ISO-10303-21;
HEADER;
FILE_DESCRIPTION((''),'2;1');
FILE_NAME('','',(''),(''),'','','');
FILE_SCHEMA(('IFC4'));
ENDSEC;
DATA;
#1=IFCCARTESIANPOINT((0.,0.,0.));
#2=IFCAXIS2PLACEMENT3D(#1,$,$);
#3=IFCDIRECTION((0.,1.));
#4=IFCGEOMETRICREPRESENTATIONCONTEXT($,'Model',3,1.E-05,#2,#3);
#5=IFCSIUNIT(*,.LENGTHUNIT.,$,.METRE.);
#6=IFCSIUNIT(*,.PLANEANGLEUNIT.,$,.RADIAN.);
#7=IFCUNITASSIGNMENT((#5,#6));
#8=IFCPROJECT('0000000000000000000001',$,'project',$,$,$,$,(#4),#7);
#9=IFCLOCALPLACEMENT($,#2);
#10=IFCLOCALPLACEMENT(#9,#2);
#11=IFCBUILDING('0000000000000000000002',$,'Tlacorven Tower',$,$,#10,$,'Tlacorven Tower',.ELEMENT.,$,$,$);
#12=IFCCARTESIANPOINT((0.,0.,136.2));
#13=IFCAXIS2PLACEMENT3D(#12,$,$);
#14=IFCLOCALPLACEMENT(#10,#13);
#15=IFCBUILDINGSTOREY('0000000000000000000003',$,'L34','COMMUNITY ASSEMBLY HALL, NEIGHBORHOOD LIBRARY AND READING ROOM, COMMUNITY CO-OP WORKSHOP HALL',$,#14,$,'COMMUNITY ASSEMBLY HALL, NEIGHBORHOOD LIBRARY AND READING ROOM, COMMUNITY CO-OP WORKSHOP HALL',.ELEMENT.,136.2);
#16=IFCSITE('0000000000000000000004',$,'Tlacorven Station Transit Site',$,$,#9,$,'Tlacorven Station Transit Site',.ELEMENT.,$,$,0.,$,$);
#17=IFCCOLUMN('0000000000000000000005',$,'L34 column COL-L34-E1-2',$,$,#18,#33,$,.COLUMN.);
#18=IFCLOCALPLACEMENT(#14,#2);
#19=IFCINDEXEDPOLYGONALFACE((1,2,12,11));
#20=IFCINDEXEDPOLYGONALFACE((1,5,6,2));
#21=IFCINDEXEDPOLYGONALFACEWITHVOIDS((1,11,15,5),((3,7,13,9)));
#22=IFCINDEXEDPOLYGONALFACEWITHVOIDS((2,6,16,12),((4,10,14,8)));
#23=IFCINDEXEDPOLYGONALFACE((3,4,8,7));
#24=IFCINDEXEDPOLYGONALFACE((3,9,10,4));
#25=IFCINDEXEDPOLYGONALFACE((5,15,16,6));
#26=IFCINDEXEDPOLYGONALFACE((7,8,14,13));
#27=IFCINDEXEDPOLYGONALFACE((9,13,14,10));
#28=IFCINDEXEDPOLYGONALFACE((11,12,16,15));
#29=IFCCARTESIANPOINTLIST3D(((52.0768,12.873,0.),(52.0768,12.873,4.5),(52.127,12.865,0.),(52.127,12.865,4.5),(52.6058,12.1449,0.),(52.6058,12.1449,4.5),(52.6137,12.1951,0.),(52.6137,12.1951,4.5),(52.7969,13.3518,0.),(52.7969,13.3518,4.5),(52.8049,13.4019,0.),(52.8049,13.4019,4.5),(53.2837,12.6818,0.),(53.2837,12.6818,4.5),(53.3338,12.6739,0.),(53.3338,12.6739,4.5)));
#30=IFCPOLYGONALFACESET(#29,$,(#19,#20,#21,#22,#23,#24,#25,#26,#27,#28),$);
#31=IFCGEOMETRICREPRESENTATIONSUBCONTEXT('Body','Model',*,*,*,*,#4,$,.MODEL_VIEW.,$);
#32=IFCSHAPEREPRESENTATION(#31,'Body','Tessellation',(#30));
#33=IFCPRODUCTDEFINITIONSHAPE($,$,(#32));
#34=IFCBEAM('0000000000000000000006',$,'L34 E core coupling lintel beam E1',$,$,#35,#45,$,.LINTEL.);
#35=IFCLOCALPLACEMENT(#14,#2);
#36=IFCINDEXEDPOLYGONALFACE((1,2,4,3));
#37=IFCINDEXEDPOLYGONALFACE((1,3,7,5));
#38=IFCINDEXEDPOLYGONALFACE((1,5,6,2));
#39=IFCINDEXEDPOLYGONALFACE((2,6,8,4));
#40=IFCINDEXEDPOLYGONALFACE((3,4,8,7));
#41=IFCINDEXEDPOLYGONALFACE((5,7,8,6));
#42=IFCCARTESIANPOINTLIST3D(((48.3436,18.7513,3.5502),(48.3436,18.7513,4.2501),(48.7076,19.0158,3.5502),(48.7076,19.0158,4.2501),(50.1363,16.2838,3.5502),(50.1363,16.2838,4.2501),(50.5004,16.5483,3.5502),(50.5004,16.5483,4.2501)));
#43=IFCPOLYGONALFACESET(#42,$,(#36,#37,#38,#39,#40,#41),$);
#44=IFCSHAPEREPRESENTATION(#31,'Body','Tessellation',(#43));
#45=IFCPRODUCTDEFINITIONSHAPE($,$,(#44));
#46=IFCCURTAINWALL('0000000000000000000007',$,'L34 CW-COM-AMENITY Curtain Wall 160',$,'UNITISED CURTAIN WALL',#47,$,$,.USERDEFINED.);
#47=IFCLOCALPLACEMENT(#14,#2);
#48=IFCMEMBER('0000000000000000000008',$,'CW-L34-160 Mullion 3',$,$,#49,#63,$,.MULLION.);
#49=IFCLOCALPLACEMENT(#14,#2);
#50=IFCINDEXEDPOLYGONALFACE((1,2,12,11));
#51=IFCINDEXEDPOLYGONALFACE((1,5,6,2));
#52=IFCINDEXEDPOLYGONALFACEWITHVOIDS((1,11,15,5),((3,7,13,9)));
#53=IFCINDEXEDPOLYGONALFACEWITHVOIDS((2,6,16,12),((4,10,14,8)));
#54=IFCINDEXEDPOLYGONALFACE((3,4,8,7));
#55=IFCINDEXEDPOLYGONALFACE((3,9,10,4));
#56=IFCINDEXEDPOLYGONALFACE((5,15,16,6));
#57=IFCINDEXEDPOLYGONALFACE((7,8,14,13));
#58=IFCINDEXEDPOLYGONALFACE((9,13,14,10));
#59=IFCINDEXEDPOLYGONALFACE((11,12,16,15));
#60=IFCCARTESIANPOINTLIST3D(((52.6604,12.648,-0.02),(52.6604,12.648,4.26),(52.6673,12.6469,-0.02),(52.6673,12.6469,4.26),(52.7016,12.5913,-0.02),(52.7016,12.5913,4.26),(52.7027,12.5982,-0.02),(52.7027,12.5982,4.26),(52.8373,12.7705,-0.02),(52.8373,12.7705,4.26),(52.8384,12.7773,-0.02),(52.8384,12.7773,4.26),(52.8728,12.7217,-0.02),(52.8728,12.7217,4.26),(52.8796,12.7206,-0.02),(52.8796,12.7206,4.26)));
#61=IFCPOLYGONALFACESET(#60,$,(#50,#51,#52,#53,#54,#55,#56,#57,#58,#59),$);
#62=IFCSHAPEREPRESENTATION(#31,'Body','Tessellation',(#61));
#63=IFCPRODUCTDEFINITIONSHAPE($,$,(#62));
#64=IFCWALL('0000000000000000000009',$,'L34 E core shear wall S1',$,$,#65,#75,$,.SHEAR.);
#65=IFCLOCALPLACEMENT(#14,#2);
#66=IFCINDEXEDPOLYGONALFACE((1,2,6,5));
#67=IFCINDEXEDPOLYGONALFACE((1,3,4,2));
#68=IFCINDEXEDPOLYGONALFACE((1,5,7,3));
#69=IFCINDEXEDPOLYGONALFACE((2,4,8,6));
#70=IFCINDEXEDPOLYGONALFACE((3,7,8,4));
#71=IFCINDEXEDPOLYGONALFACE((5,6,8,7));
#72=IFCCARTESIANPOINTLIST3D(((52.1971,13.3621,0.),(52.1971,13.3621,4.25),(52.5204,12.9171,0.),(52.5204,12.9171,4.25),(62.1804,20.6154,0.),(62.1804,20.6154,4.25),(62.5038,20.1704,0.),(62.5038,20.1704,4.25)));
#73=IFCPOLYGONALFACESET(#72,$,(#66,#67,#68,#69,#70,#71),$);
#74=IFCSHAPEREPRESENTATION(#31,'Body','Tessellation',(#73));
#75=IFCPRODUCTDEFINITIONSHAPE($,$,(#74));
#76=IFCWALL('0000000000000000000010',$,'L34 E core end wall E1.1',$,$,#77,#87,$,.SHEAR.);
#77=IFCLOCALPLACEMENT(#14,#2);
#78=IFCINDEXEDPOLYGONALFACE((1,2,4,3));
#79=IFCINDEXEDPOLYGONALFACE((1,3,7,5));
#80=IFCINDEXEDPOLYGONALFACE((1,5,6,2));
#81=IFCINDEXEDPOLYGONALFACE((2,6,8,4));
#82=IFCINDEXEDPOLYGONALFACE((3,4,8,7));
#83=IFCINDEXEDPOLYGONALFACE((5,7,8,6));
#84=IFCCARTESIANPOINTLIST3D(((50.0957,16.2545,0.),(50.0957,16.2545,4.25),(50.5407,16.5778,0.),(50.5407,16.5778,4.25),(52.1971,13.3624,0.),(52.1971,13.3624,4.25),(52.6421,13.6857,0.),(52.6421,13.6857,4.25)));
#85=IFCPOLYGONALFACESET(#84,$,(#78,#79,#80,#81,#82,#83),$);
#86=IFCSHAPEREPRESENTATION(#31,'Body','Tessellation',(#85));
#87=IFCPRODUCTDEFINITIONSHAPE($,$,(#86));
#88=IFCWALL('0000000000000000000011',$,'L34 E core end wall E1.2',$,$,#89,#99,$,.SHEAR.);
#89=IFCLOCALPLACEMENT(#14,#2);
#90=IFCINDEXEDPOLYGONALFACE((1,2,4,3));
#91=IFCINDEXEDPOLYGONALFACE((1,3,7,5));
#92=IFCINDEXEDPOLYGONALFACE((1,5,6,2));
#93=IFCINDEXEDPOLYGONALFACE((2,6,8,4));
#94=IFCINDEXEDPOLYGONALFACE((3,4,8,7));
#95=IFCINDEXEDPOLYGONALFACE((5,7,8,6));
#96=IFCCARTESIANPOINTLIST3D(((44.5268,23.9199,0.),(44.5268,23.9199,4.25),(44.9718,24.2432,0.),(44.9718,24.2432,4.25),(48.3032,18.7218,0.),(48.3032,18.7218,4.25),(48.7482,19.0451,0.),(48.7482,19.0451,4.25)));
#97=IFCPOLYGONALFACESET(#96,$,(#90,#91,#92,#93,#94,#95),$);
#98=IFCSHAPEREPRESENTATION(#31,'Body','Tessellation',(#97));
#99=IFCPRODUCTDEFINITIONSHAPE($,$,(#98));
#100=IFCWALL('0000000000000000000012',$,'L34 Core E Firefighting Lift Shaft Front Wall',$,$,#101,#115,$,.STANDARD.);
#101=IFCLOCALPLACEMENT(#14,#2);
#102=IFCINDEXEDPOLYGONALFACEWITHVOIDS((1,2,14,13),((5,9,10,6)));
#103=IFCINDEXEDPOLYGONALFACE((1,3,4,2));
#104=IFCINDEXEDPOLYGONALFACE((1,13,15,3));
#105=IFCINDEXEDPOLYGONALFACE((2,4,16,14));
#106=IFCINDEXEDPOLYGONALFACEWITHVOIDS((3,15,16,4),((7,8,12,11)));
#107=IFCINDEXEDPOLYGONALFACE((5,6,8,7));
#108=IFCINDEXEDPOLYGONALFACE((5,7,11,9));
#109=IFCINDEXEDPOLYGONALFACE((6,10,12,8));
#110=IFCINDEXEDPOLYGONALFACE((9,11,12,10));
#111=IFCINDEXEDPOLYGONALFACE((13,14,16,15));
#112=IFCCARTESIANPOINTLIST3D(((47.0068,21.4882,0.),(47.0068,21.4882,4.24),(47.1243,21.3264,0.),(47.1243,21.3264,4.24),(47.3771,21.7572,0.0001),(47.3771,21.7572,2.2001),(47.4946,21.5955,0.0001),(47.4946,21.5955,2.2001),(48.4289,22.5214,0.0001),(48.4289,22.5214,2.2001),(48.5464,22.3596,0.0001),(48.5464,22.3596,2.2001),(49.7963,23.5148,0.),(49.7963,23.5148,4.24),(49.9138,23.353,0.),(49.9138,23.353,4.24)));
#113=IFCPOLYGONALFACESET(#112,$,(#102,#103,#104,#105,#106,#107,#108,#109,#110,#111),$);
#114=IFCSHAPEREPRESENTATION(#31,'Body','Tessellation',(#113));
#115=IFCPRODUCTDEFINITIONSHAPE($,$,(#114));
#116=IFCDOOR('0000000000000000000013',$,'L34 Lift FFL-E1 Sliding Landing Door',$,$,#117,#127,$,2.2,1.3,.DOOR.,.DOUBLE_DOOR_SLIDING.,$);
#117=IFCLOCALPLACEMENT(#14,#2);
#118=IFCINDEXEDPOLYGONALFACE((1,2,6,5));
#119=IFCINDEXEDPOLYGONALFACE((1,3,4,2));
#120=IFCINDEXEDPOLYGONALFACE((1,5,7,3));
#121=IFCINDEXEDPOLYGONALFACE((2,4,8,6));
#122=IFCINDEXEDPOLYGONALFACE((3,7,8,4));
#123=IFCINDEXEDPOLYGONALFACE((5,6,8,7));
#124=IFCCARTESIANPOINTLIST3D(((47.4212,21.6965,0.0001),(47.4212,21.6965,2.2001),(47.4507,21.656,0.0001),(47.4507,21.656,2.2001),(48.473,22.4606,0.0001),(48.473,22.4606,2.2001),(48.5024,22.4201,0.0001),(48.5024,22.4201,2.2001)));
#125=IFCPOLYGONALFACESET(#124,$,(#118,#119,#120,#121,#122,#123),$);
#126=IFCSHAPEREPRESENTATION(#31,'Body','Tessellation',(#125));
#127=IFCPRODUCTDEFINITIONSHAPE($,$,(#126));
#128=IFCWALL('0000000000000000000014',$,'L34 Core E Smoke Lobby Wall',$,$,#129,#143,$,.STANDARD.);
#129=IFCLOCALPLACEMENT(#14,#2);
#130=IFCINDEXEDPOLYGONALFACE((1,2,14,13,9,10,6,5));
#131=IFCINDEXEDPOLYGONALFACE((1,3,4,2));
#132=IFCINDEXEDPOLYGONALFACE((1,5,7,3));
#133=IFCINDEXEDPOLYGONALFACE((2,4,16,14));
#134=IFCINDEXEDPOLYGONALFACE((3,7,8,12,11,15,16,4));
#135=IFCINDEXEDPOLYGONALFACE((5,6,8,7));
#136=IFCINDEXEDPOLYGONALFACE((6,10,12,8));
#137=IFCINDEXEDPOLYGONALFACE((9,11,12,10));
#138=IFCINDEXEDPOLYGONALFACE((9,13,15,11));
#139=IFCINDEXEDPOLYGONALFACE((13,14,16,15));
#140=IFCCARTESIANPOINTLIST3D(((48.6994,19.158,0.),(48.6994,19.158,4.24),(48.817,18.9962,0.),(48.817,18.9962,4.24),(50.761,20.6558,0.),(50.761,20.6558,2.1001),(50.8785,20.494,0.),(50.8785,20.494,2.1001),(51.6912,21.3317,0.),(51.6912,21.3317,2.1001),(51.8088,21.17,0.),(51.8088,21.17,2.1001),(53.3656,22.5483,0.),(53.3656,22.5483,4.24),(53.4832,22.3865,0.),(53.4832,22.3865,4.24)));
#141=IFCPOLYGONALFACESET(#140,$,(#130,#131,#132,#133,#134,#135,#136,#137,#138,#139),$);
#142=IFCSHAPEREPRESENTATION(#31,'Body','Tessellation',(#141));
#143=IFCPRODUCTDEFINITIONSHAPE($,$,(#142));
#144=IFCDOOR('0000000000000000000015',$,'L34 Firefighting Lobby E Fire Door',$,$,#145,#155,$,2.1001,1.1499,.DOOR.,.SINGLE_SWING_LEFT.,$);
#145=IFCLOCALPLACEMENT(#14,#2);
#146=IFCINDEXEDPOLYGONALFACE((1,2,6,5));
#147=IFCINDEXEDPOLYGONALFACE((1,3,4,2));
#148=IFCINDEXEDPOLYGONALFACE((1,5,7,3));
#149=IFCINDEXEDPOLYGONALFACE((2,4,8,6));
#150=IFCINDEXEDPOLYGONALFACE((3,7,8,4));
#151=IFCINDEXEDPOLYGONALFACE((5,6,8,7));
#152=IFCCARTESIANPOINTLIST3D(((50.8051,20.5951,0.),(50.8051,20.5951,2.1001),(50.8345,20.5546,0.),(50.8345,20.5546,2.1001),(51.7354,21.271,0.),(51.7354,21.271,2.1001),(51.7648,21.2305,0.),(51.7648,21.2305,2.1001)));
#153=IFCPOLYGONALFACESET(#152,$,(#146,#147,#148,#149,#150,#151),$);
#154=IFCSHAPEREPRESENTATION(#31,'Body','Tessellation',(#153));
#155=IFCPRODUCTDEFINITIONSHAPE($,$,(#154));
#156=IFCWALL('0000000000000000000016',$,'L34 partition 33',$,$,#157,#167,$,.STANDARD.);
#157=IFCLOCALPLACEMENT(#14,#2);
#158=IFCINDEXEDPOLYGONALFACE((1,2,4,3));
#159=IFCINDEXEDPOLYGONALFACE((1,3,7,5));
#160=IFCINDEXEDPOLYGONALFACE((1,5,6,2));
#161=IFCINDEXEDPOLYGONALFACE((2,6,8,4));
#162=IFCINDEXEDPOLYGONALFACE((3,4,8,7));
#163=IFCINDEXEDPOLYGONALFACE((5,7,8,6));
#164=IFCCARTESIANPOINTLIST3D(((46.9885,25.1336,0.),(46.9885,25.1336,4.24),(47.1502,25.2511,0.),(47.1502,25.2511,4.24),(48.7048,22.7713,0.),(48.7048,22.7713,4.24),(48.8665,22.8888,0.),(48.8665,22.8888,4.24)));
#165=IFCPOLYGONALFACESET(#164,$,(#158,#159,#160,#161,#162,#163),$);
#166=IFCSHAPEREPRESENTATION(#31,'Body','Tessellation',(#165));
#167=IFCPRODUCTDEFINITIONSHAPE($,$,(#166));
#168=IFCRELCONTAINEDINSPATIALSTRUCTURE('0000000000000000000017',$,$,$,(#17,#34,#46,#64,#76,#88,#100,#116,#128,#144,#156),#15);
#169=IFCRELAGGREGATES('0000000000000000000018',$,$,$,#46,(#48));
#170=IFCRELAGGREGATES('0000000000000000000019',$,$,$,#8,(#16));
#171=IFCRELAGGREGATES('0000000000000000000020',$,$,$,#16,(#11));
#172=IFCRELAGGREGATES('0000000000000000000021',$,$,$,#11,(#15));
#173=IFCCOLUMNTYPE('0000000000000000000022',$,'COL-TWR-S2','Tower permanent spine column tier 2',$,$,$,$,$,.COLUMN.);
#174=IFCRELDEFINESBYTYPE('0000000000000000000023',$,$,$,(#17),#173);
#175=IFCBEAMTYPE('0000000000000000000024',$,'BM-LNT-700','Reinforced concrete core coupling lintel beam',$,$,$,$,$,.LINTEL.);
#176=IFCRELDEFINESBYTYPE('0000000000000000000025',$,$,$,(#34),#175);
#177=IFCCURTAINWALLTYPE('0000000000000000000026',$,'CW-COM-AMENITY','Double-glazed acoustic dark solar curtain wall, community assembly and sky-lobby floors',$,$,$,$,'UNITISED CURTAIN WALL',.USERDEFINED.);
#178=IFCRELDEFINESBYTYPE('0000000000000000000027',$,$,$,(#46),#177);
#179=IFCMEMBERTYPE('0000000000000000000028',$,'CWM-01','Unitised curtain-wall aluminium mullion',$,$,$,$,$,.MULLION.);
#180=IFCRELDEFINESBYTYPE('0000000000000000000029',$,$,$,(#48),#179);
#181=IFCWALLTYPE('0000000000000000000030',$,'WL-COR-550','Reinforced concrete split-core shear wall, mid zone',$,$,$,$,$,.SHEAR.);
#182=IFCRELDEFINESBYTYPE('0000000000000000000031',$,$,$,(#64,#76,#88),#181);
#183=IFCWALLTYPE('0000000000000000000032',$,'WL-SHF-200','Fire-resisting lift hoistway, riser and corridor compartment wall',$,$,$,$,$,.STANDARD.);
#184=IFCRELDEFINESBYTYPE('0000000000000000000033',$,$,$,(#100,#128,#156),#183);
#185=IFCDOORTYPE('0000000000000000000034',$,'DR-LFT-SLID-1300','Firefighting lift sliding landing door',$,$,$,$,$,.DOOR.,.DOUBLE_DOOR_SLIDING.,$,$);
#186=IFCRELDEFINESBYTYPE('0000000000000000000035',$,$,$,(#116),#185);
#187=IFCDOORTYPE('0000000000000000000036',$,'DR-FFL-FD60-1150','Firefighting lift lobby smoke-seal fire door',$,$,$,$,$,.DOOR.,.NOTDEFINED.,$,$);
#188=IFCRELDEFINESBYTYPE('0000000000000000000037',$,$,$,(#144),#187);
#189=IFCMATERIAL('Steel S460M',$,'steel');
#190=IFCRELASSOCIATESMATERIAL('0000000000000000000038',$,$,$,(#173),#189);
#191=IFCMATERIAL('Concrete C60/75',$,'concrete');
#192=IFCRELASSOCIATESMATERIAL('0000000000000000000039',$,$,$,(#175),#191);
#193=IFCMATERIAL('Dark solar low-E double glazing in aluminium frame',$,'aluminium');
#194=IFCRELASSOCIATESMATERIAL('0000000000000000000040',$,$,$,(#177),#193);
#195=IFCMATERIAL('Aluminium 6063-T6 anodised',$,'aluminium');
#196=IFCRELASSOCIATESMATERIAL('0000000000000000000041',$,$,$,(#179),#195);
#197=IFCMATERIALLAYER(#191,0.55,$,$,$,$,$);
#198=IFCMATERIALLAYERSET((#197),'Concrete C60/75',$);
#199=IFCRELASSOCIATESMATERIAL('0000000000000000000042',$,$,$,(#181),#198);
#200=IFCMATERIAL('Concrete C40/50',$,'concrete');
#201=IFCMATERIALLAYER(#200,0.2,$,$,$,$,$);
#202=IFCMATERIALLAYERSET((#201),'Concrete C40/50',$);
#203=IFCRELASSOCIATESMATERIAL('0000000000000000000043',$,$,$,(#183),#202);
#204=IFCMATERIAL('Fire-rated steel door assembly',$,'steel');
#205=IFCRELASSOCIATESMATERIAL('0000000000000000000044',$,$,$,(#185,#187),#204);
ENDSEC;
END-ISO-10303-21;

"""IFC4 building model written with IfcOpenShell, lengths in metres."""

from ifc_helpers import new_model, si_unit, direction, frame, frame_2d, origin, origin_2d, place, context, subcontext, project, spatial, rectangle, hollow_rectangle, extrude, source, transform, mapped, material, layer, layer_set, material_profile, profile_set, type_object, element, fill, aggregate, save


model = new_model("IFC4")

# Units and contexts
model_context = context("Model", 3, precision=1e-05, world=origin(), true_north=direction((0.0, 1.0)))
body_context = subcontext(model_context, "Body", "Model", "MODEL_VIEW")
ifc_project = project(units=[si_unit("LENGTHUNIT", "METRE"), si_unit("PLANEANGLEUNIT", "RADIAN")], contexts=[model_context])

# Site, building, storey
site_placement = place(None, origin())
site = spatial("IfcSite", under=ifc_project, at=site_placement, Name="Tlacorven Station Transit Site", LongName="Tlacorven Station Transit Site", CompositionType="ELEMENT", RefElevation=0.0)
building_placement = place(site_placement, origin())
building = spatial("IfcBuilding", under=site, at=building_placement, Name="Tlacorven Tower", LongName="Tlacorven Tower", CompositionType="ELEMENT")
storey_placement = place(building_placement, frame((0.0, 0.0, 136.2)))
storey = spatial("IfcBuildingStorey", under=building, at=storey_placement, Name="L34", Description="COMMUNITY ASSEMBLY HALL, NEIGHBORHOOD LIBRARY AND READING ROOM, COMMUNITY CO-OP WORKSHOP HALL", LongName="COMMUNITY ASSEMBLY HALL, NEIGHBORHOOD LIBRARY AND READING ROOM, COMMUNITY CO-OP WORKSHOP HALL", CompositionType="ELEMENT", Elevation=136.2)

# Column
ifc_material_1 = material(Name="Steel S460M", Category="steel")
ifc_material_profile_1 = material_profile(ifc_material_1, hollow_rectangle(XDim=0.8999, YDim=0.8999, WallThickness=0.0359, at=origin_2d()), Name="BOX 900X900X36")
ifc_profile_set_1 = profile_set([ifc_material_profile_1], Name="Steel S460M")
column_type = type_object("IfcColumnType", Name="COL-TWR-S2", Description="Tower permanent spine column tier 2", PredefinedType="COLUMN", material=ifc_profile_set_1)
shared_shape_1 = source(origin(), body_context, "Body", "SweptSolid", [
    extrude(hollow_rectangle(XDim=0.8999, YDim=0.8999, WallThickness=0.0359, at=origin_2d()), origin(), (0.0, 0.0, 1.0), 4.5),
])
column_placement = place(storey_placement, frame((52.7053, 12.7734, 0.0), z_axis=(0.0, 0.0, 1.0), x_axis=(0.809017, 0.587785, 0.0)))
element("IfcColumn", 1, at=column_placement, inside=storey, type_object=column_type, Name="L34 column COL-L34-E1-2", PredefinedType="COLUMN", context=body_context, shape_type="MappedRepresentation", body=[
    mapped(shared_shape_1, transform((0.0, 0.0, 0.0), scale=1.0)),
])

# Beam
ifc_material_2 = material(Name="Concrete C60/75", Category="concrete")
ifc_material_profile_2 = material_profile(ifc_material_2, rectangle(XDim=0.45, YDim=0.7, at=origin_2d()), Name="RC 450X700")
ifc_profile_set_2 = profile_set([ifc_material_profile_2], Name="Concrete C60/75")
beam_type = type_object("IfcBeamType", Name="BM-LNT-700", Description="Reinforced concrete core coupling lintel beam", PredefinedType="LINTEL", material=ifc_profile_set_2)
shared_shape_2 = source(origin(), body_context, "Body", "SweptSolid", [
    extrude(rectangle(XDim=0.45, YDim=0.7, at=origin_2d()), origin(), (0.0, 0.0, 1.0), 3.05),
])
beam_placement = place(storey_placement, frame((50.3184, 16.416, 3.9001), z_axis=(-0.587777, 0.809023, 0.0), x_axis=(-0.809023, -0.587777, 0.0)))
element("IfcBeam", 2, at=beam_placement, inside=storey, type_object=beam_type, Name="L34 E core coupling lintel beam E1", PredefinedType="LINTEL", context=body_context, shape_type="MappedRepresentation", body=[
    mapped(shared_shape_2, transform((0.0, 0.0, 0.0), scale=1.0)),
])

# Curtain wall, member
ifc_material_3 = material(Name="Dark solar low-E double glazing in aluminium frame", Category="aluminium")
curtain_wall_type = type_object("IfcCurtainWallType", Name="CW-COM-AMENITY", Description="Double-glazed acoustic dark solar curtain wall, community assembly and sky-lobby floors", ElementType="UNITISED CURTAIN WALL", PredefinedType="USERDEFINED", material=ifc_material_3)
curtain_wall_placement = place(storey_placement, origin())
curtain_wall = element("IfcCurtainWall", 3, at=curtain_wall_placement, inside=storey, type_object=curtain_wall_type, Name="L34 CW-COM-AMENITY Curtain Wall 160", ObjectType="UNITISED CURTAIN WALL", PredefinedType="USERDEFINED")
ifc_material_4 = material(Name="Aluminium 6063-T6 anodised", Category="aluminium")
ifc_material_profile_3 = material_profile(ifc_material_4, hollow_rectangle(XDim=0.0701, YDim=0.22, WallThickness=0.0049, at=origin_2d()), Name="ALU MULLION 70X220")
ifc_profile_set_3 = profile_set([ifc_material_profile_3], Name="Aluminium 6063-T6 anodised")
member_type = type_object("IfcMemberType", Name="CWM-01", Description="Unitised curtain-wall aluminium mullion", PredefinedType="MULLION", material=ifc_profile_set_3)
shared_shape_3 = source(origin(), body_context, "Body", "SweptSolid", [
    extrude(hollow_rectangle(XDim=0.0701, YDim=0.22, WallThickness=0.0049, at=origin_2d()), origin(), (0.0, 0.0, 1.0), 4.28),
])
member_placement = place(storey_placement, frame((52.77, 12.6843, -0.02), z_axis=(0.0, 0.0, 1.0), x_axis=(-0.587785, 0.809017, 0.0)))
member = element("IfcMember", 4, at=member_placement, type_object=member_type, Name="CW-L34-160 Mullion 3", PredefinedType="MULLION", context=body_context, shape_type="MappedRepresentation", body=[
    mapped(shared_shape_3, transform((0.0, 0.0, 0.0), scale=1.0)),
])
aggregate(curtain_wall, [member])

# Walls
ifc_layer_1 = layer(ifc_material_2, 0.55)
ifc_layer_set_1 = layer_set([ifc_layer_1], Name="Concrete C60/75")
wall_type_1 = type_object("IfcWallType", Name="WL-COR-550", Description="Reinforced concrete split-core shear wall, mid zone", PredefinedType="SHEAR", material=ifc_layer_set_1)
wall_1_placement = place(storey_placement, frame((52.3589, 13.1396, 0.0), z_axis=(0.0, 0.0, 1.0), x_axis=(0.809015, 0.587788, 0.0)))
element("IfcWall", 5, at=wall_1_placement, inside=storey, type_object=wall_type_1, Name="L34 E core shear wall S1", PredefinedType="SHEAR", context=body_context, shape_type="SweptSolid", body=[
    extrude(rectangle(XDim=12.3401, YDim=0.55, at=frame_2d((6.1699, 0.0))), origin(), (0.0, 0.0, 1.0), 4.25),
])
wall_2_placement = place(storey_placement, frame((52.4197, 13.5239, 0.0), z_axis=(0.0, 0.0, 1.0), x_axis=(-0.587802, 0.809005, 0.0)))
element("IfcWall", 6, at=wall_2_placement, inside=storey, type_object=wall_type_1, Name="L34 E core end wall E1.1", PredefinedType="SHEAR", context=body_context, shape_type="SweptSolid", body=[
    extrude(rectangle(XDim=3.575, YDim=0.55, at=frame_2d((1.7876, 0.0))), origin(), (0.0, 0.0, 1.0), 4.25),
])
wall_3_placement = place(storey_placement, frame((48.5256, 18.8835, 0.0), z_axis=(0.0, 0.0, 1.0), x_axis=(-0.587765, 0.809032, 0.0)))
element("IfcWall", 7, at=wall_3_placement, inside=storey, type_object=wall_type_1, Name="L34 E core end wall E1.2", PredefinedType="SHEAR", context=body_context, shape_type="SweptSolid", body=[
    extrude(rectangle(XDim=6.425, YDim=0.55, at=frame_2d((3.2124, 0.0))), origin(), (0.0, 0.0, 1.0), 4.25),
])

# Walls, openings, doors
ifc_material_5 = material(Name="Concrete C40/50", Category="concrete")
ifc_layer_2 = layer(ifc_material_5, 0.2)
ifc_layer_set_2 = layer_set([ifc_layer_2], Name="Concrete C40/50")
wall_type_2 = type_object("IfcWallType", Name="WL-SHF-200", Description="Fire-resisting lift hoistway, riser and corridor compartment wall", PredefinedType="STANDARD", material=ifc_layer_set_2)
wall_4_placement = place(storey_placement, frame((47.0654, 21.4072, 0.0), z_axis=(0.0, 0.0, 1.0), x_axis=(0.809033, 0.587763, 0.0)))
wall_4 = element("IfcWall", 8, at=wall_4_placement, inside=storey, type_object=wall_type_2, Name="L34 Core E Firefighting Lift Shaft Front Wall", PredefinedType="STANDARD", context=body_context, shape_type="SweptSolid", body=[
    extrude(rectangle(XDim=3.448, YDim=0.2, at=frame_2d((1.7241, 0.0))), origin(), (0.0, 0.0, 1.0), 4.24),
])
opening_1_placement = place(wall_4_placement, frame((0.458, 0.0, 0.0)))
opening_1 = element("IfcOpeningElement", 9, at=opening_1_placement, cuts=wall_4, PredefinedType="OPENING", context=body_context, shape_type="SweptSolid", body=[
    extrude(rectangle(XDim=1.3, YDim=2.2, at=frame_2d((0.6499, 1.1001))), frame((0.0, 0.1099, 0.0), z_axis=(0.0, -1.0, 0.0), x_axis=(1.0, 0.0, 0.0)), (0.0, 0.0, 1.0), 0.22),
])
ifc_material_6 = material(Name="Fire-rated steel door assembly", Category="steel")
door_type_1 = type_object("IfcDoorType", Name="DR-LFT-SLID-1300", Description="Firefighting lift sliding landing door", OperationType="DOUBLE_DOOR_SLIDING", PredefinedType="DOOR", material=ifc_material_6)
shared_shape_4 = source(origin(), body_context, "Body", "SweptSolid", [
    extrude(rectangle(XDim=1.3, YDim=2.2, at=frame_2d((0.6499, 1.1001))), frame((0.0, 0.0249, 0.0), z_axis=(0.0, -1.0, 0.0), x_axis=(1.0, 0.0, 0.0)), (0.0, 0.0, 1.0), 0.05),
])
door_1_placement = place(opening_1_placement, origin())
door_1 = element("IfcDoor", 10, at=door_1_placement, inside=storey, type_object=door_type_1, Name="L34 Lift FFL-E1 Sliding Landing Door", OperationType="DOUBLE_DOOR_SLIDING", OverallHeight=2.2, OverallWidth=1.3, PredefinedType="DOOR", context=body_context, shape_type="MappedRepresentation", body=[
    mapped(shared_shape_4, transform((0.0, 0.0, 0.0), scale=1.0)),
])
fill(opening_1, door_1)
wall_5_placement = place(storey_placement, frame((48.7583, 19.0771, 0.0), z_axis=(0.0, 0.0, 1.0), x_axis=(0.809005, 0.587802, 0.0)))
wall_5 = element("IfcWall", 11, at=wall_5_placement, inside=storey, type_object=wall_type_2, Name="L34 Core E Smoke Lobby Wall", PredefinedType="STANDARD", context=body_context, shape_type="SweptSolid", body=[
    extrude(rectangle(XDim=5.7678, YDim=0.2, at=frame_2d((2.8838, 0.0))), origin(), (0.0, 0.0, 1.0), 4.24),
])
opening_2_placement = place(wall_5_placement, frame((2.5481, 0.0, 0.0)))
opening_2 = element("IfcOpeningElement", 12, at=opening_2_placement, cuts=wall_5, PredefinedType="OPENING", context=body_context, shape_type="SweptSolid", body=[
    extrude(rectangle(XDim=1.1499, YDim=2.1001, at=frame_2d((0.575, 1.05))), frame((0.0, 0.1099, 0.0), z_axis=(0.0, -1.0, 0.0), x_axis=(1.0, 0.0, 0.0)), (0.0, 0.0, 1.0), 0.22),
])
door_type_2 = type_object("IfcDoorType", Name="DR-FFL-FD60-1150", Description="Firefighting lift lobby smoke-seal fire door", OperationType="NOTDEFINED", PredefinedType="DOOR", material=ifc_material_6)
shared_shape_5 = source(origin(), body_context, "Body", "SweptSolid", [
    extrude(rectangle(XDim=1.1499, YDim=2.1001, at=frame_2d((0.575, 1.05))), frame((0.0, 0.0249, 0.0), z_axis=(0.0, -1.0, 0.0), x_axis=(1.0, 0.0, 0.0)), (0.0, 0.0, 1.0), 0.05),
])
door_2_placement = place(opening_2_placement, origin())
door_2 = element("IfcDoor", 13, at=door_2_placement, inside=storey, type_object=door_type_2, Name="L34 Firefighting Lobby E Fire Door", OperationType="SINGLE_SWING_LEFT", OverallHeight=2.1001, OverallWidth=1.1499, PredefinedType="DOOR", context=body_context, shape_type="MappedRepresentation", body=[
    mapped(shared_shape_5, transform((0.0, 0.0, 0.0), scale=1.0)),
])
fill(opening_2, door_2)

# Wall
wall_6_placement = place(storey_placement, frame((48.7856, 22.8301, 0.0), z_axis=(0.0, 0.0, 1.0), x_axis=(-0.587784, 0.809018, 0.0)))
element("IfcWall", 14, at=wall_6_placement, inside=storey, type_object=wall_type_2, Name="L34 partition 33", PredefinedType="STANDARD", context=body_context, shape_type="SweptSolid", body=[
    extrude(rectangle(XDim=2.9199, YDim=0.2, at=frame_2d((1.46, 0.0))), origin(), (0.0, 0.0, 1.0), 4.24),
])

save(model, "model.ifc")
